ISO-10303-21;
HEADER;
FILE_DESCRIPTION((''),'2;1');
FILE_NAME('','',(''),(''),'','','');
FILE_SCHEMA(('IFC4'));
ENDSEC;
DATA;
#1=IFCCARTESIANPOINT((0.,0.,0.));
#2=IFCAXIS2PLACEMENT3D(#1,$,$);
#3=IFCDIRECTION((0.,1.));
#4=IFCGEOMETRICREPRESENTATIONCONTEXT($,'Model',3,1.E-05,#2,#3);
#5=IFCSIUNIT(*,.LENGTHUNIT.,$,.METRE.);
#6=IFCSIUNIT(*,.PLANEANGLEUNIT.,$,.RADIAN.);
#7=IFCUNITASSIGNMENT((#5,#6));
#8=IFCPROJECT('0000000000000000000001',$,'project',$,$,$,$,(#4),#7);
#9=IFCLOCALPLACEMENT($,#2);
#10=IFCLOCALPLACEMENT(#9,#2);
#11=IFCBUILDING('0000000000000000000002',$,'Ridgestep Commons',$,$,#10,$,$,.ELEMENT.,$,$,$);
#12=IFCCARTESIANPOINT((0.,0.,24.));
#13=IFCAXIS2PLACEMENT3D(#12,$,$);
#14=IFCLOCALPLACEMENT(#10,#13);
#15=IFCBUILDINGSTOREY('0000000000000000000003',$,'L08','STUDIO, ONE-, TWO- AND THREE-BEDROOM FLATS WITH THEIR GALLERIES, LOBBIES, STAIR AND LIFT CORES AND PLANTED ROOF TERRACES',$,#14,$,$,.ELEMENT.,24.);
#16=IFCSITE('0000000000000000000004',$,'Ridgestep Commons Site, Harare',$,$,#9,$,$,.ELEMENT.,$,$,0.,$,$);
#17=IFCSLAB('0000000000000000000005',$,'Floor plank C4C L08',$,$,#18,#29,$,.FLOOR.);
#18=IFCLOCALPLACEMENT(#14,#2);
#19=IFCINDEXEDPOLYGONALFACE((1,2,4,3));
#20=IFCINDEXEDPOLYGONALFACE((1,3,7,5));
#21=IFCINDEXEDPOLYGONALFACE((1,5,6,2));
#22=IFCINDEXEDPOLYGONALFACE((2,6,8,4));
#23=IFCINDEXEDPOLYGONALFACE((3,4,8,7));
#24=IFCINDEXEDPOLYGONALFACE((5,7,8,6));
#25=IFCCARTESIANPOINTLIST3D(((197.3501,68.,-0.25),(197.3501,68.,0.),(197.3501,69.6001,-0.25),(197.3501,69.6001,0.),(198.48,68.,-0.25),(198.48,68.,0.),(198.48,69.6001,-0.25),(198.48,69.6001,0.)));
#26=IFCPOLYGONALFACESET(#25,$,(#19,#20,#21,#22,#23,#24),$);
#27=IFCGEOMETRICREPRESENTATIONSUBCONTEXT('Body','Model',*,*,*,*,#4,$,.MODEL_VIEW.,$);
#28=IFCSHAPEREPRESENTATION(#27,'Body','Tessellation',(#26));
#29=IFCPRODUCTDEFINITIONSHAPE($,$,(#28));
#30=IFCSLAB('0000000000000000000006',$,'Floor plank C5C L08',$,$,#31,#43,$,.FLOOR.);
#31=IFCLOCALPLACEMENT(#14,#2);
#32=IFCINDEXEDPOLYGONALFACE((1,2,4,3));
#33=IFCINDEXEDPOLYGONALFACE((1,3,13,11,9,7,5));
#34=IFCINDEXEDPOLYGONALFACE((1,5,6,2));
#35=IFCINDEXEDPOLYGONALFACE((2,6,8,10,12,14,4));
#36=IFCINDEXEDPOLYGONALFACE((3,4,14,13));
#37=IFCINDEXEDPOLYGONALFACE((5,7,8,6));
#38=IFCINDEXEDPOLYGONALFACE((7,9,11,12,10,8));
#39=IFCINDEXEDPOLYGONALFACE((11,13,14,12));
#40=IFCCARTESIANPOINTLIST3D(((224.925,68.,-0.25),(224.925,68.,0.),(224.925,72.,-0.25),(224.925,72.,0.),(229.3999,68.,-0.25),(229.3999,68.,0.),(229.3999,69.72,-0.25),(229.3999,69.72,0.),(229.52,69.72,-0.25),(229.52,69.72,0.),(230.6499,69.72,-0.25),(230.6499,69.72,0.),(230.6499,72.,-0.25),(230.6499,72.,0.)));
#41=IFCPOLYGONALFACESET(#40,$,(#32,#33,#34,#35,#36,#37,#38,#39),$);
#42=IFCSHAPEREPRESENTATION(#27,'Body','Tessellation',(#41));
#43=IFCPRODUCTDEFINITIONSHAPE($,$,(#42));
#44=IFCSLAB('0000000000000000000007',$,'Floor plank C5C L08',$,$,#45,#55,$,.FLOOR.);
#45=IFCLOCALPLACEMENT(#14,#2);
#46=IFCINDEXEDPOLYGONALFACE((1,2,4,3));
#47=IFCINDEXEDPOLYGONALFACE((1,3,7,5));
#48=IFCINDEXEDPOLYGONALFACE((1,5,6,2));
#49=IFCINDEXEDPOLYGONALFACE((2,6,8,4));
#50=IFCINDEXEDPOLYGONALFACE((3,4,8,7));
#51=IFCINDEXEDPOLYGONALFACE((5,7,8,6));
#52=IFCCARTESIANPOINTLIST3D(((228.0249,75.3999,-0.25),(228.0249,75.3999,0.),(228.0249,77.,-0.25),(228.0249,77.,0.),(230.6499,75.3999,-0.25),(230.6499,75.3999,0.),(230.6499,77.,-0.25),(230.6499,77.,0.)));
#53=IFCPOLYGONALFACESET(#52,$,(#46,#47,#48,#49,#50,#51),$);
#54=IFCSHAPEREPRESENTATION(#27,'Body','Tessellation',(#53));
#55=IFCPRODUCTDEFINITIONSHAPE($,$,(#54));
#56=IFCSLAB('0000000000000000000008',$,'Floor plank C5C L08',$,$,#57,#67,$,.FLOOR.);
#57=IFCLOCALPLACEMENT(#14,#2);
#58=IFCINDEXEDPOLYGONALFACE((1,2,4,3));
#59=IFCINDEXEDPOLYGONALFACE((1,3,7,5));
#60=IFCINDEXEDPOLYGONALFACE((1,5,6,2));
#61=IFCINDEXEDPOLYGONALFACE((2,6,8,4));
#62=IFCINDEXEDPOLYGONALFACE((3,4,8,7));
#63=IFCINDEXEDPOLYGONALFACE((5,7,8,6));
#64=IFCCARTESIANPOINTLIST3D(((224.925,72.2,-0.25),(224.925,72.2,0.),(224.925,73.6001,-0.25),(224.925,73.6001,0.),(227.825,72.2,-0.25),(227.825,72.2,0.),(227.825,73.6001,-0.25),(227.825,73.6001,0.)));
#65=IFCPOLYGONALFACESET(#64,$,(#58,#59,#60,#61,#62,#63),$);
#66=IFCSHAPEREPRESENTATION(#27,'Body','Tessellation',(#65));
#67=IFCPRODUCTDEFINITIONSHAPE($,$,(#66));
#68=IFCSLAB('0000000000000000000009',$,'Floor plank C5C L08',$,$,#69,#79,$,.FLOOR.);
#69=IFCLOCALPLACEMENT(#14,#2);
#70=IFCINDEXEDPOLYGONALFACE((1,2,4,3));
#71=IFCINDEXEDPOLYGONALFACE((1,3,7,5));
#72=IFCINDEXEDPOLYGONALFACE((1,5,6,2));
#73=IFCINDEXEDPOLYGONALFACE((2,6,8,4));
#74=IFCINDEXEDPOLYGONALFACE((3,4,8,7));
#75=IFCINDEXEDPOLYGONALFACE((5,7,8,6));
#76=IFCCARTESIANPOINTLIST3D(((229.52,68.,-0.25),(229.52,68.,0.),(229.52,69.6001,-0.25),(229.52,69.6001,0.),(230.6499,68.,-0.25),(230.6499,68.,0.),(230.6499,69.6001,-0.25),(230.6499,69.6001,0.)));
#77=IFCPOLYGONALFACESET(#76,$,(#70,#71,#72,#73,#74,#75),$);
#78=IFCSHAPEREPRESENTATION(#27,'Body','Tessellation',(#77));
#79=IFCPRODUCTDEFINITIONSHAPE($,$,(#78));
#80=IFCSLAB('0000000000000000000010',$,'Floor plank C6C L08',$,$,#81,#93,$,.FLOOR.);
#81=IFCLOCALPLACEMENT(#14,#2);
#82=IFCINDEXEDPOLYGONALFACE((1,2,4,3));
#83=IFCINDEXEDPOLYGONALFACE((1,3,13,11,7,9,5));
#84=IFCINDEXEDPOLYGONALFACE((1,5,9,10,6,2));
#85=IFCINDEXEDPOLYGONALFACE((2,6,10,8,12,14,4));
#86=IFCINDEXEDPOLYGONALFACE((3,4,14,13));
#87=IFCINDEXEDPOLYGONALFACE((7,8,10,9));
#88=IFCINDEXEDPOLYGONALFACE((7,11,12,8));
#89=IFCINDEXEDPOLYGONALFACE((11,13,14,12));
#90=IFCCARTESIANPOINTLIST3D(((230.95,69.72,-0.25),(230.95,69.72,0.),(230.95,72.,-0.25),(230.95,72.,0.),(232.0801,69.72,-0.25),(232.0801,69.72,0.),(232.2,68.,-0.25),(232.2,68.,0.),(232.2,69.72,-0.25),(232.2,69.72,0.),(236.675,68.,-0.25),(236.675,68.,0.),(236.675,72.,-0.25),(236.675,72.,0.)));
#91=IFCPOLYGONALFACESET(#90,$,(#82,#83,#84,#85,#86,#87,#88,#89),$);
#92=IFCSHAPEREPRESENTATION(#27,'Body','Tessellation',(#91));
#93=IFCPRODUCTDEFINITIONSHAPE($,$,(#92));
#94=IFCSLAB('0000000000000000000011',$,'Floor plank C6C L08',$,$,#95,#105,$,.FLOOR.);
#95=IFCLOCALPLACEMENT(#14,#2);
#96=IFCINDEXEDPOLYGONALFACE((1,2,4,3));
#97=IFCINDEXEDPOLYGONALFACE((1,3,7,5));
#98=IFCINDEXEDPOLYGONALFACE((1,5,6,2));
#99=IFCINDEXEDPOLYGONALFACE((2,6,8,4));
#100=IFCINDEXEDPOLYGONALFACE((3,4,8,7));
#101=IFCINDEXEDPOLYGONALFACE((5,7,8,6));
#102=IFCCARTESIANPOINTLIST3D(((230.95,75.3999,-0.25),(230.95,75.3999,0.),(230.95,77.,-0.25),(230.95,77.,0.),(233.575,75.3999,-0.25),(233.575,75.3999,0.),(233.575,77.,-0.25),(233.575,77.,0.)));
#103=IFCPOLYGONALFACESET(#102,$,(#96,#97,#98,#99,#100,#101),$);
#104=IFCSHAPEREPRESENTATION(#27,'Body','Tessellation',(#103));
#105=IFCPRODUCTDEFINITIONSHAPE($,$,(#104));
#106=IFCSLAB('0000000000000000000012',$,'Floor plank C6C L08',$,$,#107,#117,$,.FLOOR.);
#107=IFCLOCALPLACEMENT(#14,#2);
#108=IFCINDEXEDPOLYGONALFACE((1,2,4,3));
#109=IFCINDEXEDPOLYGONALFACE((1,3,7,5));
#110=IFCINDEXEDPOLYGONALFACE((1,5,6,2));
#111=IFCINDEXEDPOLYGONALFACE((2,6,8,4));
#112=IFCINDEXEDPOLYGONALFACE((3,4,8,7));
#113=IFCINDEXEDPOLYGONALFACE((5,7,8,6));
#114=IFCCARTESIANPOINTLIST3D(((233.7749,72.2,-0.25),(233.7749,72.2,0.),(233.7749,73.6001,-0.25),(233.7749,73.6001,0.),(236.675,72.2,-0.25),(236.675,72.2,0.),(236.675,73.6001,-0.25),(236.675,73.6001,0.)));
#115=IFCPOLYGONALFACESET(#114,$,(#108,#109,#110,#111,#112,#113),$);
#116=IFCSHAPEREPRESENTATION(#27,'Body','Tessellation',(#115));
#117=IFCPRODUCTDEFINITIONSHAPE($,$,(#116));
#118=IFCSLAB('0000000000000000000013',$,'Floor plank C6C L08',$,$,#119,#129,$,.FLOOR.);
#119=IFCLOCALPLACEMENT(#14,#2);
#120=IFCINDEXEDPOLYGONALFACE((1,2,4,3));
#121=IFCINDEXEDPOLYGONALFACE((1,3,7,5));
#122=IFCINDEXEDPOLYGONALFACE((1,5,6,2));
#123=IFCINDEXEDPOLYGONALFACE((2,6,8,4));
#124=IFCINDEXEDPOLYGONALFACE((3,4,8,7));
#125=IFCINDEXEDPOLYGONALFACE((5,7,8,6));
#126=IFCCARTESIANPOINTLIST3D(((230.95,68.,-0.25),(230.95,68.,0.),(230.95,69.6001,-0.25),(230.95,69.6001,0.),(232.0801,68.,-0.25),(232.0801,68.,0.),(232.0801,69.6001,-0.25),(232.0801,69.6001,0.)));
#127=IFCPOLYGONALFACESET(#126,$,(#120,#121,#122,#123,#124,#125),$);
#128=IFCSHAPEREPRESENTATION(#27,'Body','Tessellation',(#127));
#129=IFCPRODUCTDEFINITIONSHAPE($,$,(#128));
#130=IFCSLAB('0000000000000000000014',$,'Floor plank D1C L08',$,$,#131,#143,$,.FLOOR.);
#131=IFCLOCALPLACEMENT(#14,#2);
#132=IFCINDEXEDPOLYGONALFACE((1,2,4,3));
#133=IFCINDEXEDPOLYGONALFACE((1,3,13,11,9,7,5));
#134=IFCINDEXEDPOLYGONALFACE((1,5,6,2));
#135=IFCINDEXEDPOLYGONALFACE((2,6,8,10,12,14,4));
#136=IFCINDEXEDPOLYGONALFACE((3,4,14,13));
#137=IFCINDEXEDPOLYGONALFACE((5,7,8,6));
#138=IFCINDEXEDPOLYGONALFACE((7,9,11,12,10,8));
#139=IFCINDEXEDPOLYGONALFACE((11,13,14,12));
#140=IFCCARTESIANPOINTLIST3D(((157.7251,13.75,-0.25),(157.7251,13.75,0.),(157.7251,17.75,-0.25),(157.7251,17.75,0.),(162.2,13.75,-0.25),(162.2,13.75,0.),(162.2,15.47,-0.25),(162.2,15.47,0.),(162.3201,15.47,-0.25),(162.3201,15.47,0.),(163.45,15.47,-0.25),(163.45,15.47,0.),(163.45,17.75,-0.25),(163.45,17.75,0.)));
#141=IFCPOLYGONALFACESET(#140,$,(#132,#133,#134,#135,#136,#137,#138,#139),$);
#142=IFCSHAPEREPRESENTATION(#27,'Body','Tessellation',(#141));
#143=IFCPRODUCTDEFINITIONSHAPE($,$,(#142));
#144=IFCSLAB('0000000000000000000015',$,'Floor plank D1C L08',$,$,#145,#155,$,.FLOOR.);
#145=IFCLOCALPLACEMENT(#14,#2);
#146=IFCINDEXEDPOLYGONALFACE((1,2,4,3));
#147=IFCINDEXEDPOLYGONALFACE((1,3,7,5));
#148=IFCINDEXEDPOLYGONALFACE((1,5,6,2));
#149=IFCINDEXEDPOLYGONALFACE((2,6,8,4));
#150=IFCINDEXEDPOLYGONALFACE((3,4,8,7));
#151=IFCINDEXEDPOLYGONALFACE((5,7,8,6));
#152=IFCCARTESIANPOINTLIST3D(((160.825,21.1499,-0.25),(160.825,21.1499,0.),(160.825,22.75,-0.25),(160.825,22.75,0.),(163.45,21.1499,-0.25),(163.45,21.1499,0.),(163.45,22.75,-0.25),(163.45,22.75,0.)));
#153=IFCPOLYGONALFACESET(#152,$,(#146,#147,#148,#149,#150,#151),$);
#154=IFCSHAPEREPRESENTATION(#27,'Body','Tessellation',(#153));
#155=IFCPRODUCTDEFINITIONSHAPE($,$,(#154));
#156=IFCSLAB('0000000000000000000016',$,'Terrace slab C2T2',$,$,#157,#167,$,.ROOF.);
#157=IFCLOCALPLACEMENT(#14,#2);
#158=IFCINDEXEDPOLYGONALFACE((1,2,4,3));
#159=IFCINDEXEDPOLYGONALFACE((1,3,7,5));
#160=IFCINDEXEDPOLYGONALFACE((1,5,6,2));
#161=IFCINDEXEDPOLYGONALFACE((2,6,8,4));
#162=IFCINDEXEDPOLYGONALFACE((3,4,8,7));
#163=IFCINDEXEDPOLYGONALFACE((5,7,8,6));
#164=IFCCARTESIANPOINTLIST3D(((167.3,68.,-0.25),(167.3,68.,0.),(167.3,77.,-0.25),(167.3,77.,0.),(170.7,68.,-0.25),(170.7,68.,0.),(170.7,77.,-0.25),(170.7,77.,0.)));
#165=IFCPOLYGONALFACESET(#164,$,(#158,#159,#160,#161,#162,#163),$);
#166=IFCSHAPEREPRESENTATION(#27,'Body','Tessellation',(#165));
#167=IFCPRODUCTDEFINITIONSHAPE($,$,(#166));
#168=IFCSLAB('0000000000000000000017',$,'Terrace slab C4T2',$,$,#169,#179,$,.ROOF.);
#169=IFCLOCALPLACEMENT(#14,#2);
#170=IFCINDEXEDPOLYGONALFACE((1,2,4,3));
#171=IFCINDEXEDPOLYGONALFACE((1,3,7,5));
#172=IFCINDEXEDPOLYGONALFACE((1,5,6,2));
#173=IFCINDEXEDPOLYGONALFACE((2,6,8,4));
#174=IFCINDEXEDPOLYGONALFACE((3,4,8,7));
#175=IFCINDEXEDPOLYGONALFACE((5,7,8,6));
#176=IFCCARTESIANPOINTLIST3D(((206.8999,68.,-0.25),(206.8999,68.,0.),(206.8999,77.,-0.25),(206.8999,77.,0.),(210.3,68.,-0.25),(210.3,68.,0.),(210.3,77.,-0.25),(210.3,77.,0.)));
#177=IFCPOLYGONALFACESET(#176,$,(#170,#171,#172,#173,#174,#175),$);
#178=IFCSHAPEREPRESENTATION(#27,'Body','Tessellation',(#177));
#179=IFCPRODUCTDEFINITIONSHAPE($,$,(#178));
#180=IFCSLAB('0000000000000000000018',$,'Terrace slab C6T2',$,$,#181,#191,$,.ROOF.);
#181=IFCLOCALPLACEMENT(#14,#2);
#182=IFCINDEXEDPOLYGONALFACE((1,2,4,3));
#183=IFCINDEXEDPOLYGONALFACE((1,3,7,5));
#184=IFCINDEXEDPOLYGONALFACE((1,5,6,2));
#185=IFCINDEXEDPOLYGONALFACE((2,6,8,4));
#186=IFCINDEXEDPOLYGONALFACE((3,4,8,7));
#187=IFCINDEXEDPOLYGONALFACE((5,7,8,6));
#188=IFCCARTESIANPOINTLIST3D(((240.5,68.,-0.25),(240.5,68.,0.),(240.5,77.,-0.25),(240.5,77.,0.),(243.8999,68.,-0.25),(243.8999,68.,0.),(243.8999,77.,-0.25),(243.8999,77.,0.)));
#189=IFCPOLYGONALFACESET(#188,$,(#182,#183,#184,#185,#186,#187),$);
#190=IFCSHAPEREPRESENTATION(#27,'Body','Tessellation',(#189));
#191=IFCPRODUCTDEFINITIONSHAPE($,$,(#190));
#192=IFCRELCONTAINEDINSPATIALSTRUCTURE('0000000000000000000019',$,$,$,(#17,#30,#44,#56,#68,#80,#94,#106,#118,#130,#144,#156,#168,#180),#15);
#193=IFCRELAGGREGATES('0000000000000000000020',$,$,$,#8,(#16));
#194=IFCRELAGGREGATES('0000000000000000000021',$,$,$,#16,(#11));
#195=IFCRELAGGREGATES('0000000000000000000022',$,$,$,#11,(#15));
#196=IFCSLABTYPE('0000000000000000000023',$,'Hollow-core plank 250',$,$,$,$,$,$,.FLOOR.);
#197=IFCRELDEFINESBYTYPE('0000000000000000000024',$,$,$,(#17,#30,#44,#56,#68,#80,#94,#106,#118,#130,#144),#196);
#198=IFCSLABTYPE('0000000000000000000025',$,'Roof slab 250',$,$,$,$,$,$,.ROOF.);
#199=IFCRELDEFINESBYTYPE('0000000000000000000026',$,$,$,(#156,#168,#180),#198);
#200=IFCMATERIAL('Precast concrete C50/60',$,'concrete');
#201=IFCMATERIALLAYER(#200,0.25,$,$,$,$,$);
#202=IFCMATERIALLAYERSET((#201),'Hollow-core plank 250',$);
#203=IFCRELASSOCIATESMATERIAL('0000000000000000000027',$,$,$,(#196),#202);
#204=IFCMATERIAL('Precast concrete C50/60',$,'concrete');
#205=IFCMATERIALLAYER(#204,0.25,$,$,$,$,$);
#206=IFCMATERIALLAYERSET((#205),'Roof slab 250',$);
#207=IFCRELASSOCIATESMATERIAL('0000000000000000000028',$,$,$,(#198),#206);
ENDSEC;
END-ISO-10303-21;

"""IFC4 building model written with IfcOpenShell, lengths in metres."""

from ifc_helpers import new_model, si_unit, direction, frame, origin, place, context, subcontext, project, spatial, polyline, outline, extrude, material, layer, layer_set, type_object, element, save


model = new_model("IFC4")

# Units and contexts
model_context = context("Model", 3, precision=1e-05, world=origin(), true_north=direction((0.0, 1.0)))
body_context = subcontext(model_context, "Body", "Model", "MODEL_VIEW")
ifc_project = project(units=[si_unit("LENGTHUNIT", "METRE"), si_unit("PLANEANGLEUNIT", "RADIAN")], contexts=[model_context])

# Site, building, storey
site_placement = place(None, origin())
site = spatial("IfcSite", under=ifc_project, at=site_placement, Name="Ridgestep Commons Site, Harare", CompositionType="ELEMENT", RefElevation=0.0)
building_placement = place(site_placement, origin())
building = spatial("IfcBuilding", under=site, at=building_placement, Name="Ridgestep Commons", CompositionType="ELEMENT")
storey_placement = place(building_placement, frame((0.0, 0.0, 24.0)))
storey = spatial("IfcBuildingStorey", under=building, at=storey_placement, Name="L08", Description="STUDIO, ONE-, TWO- AND THREE-BEDROOM FLATS WITH THEIR GALLERIES, LOBBIES, STAIR AND LIFT CORES AND PLANTED ROOF TERRACES", CompositionType="ELEMENT", Elevation=24.0)

# Slabs
ifc_material_1 = material(Name="Precast concrete C50/60", Category="concrete")
ifc_layer_1 = layer(ifc_material_1, 0.25)
ifc_layer_set_1 = layer_set([ifc_layer_1], Name="Hollow-core plank 250")
slab_type_1 = type_object("IfcSlabType", Name="Hollow-core plank 250", PredefinedType="FLOOR", material=ifc_layer_set_1)
slab_1_placement = place(storey_placement, frame((0.0, 0.0, -0.25)))
element("IfcSlab", 1, at=slab_1_placement, inside=storey, type_object=slab_type_1, Name="Floor plank C4C L08", PredefinedType="FLOOR", context=body_context, shape_type="SweptSolid", body=[
    extrude(outline(polyline([(198.48, 69.6001), (197.3501, 69.6001), (197.3501, 68.0), (198.48, 68.0), (198.48, 69.6001)])), origin(), (0.0, 0.0, 1.0), 0.25),
])
slab_2_placement = place(storey_placement, frame((0.0, 0.0, -0.25)))
element("IfcSlab", 2, at=slab_2_placement, inside=storey, type_object=slab_type_1, Name="Floor plank C5C L08", PredefinedType="FLOOR", context=body_context, shape_type="SweptSolid", body=[
    extrude(outline(polyline([(229.52, 69.72), (230.6499, 69.72), (230.6499, 72.0), (224.925, 72.0), (224.925, 68.0), (229.3999, 68.0), (229.3999, 69.72), (229.52, 69.72)])), origin(), (0.0, 0.0, 1.0), 0.25),
])
slab_3_placement = place(storey_placement, frame((0.0, 0.0, -0.25)))
element("IfcSlab", 3, at=slab_3_placement, inside=storey, type_object=slab_type_1, Name="Floor plank C5C L08", PredefinedType="FLOOR", context=body_context, shape_type="SweptSolid", body=[
    extrude(outline(polyline([(230.6499, 75.3999), (230.6499, 77.0), (228.0249, 77.0), (228.0249, 75.3999), (230.6499, 75.3999)])), origin(), (0.0, 0.0, 1.0), 0.25),
])
slab_4_placement = place(storey_placement, frame((0.0, 0.0, -0.25)))
element("IfcSlab", 4, at=slab_4_placement, inside=storey, type_object=slab_type_1, Name="Floor plank C5C L08", PredefinedType="FLOOR", context=body_context, shape_type="SweptSolid", body=[
    extrude(outline(polyline([(227.825, 72.2), (227.825, 73.6001), (224.925, 73.6001), (224.925, 72.2), (227.825, 72.2)])), origin(), (0.0, 0.0, 1.0), 0.25),
])
slab_5_placement = place(storey_placement, frame((0.0, 0.0, -0.25)))
element("IfcSlab", 5, at=slab_5_placement, inside=storey, type_object=slab_type_1, Name="Floor plank C5C L08", PredefinedType="FLOOR", context=body_context, shape_type="SweptSolid", body=[
    extrude(outline(polyline([(229.52, 68.0), (230.6499, 68.0), (230.6499, 69.6001), (229.52, 69.6001), (229.52, 68.0)])), origin(), (0.0, 0.0, 1.0), 0.25),
])
slab_6_placement = place(storey_placement, frame((0.0, 0.0, -0.25)))
element("IfcSlab", 6, at=slab_6_placement, inside=storey, type_object=slab_type_1, Name="Floor plank C6C L08", PredefinedType="FLOOR", context=body_context, shape_type="SweptSolid", body=[
    extrude(outline(polyline([(232.2, 68.0), (236.675, 68.0), (236.675, 72.0), (230.95, 72.0), (230.95, 69.72), (232.0801, 69.72), (232.2, 69.72), (232.2, 68.0)])), origin(), (0.0, 0.0, 1.0), 0.25),
])
slab_7_placement = place(storey_placement, frame((0.0, 0.0, -0.25)))
element("IfcSlab", 7, at=slab_7_placement, inside=storey, type_object=slab_type_1, Name="Floor plank C6C L08", PredefinedType="FLOOR", context=body_context, shape_type="SweptSolid", body=[
    extrude(outline(polyline([(233.575, 77.0), (230.95, 77.0), (230.95, 75.3999), (233.575, 75.3999), (233.575, 77.0)])), origin(), (0.0, 0.0, 1.0), 0.25),
])
slab_8_placement = place(storey_placement, frame((0.0, 0.0, -0.25)))
element("IfcSlab", 8, at=slab_8_placement, inside=storey, type_object=slab_type_1, Name="Floor plank C6C L08", PredefinedType="FLOOR", context=body_context, shape_type="SweptSolid", body=[
    extrude(outline(polyline([(236.675, 72.2), (236.675, 73.6001), (233.7749, 73.6001), (233.7749, 72.2), (236.675, 72.2)])), origin(), (0.0, 0.0, 1.0), 0.25),
])
slab_9_placement = place(storey_placement, frame((0.0, 0.0, -0.25)))
element("IfcSlab", 9, at=slab_9_placement, inside=storey, type_object=slab_type_1, Name="Floor plank C6C L08", PredefinedType="FLOOR", context=body_context, shape_type="SweptSolid", body=[
    extrude(outline(polyline([(232.0801, 69.6001), (230.95, 69.6001), (230.95, 68.0), (232.0801, 68.0), (232.0801, 69.6001)])), origin(), (0.0, 0.0, 1.0), 0.25),
])
slab_10_placement = place(storey_placement, frame((0.0, 0.0, -0.25)))
element("IfcSlab", 10, at=slab_10_placement, inside=storey, type_object=slab_type_1, Name="Floor plank D1C L08", PredefinedType="FLOOR", context=body_context, shape_type="SweptSolid", body=[
    extrude(outline(polyline([(162.3201, 15.47), (163.45, 15.47), (163.45, 17.75), (157.7251, 17.75), (157.7251, 13.75), (162.2, 13.75), (162.2, 15.47), (162.3201, 15.47)])), origin(), (0.0, 0.0, 1.0), 0.25),
])
slab_11_placement = place(storey_placement, frame((0.0, 0.0, -0.25)))
element("IfcSlab", 11, at=slab_11_placement, inside=storey, type_object=slab_type_1, Name="Floor plank D1C L08", PredefinedType="FLOOR", context=body_context, shape_type="SweptSolid", body=[
    extrude(outline(polyline([(163.45, 21.1499), (163.45, 22.75), (160.825, 22.75), (160.825, 21.1499), (163.45, 21.1499)])), origin(), (0.0, 0.0, 1.0), 0.25),
])
ifc_material_2 = material(Name="Precast concrete C50/60", Category="concrete")
ifc_layer_2 = layer(ifc_material_2, 0.25)
ifc_layer_set_2 = layer_set([ifc_layer_2], Name="Roof slab 250")
slab_type_2 = type_object("IfcSlabType", Name="Roof slab 250", PredefinedType="ROOF", material=ifc_layer_set_2)
slab_12_placement = place(storey_placement, frame((0.0, 0.0, -0.25)))
element("IfcSlab", 12, at=slab_12_placement, inside=storey, type_object=slab_type_2, Name="Terrace slab C2T2", PredefinedType="ROOF", context=body_context, shape_type="SweptSolid", body=[
    extrude(outline(polyline([(170.7, 68.0), (170.7, 77.0), (167.3, 77.0), (167.3, 68.0), (170.7, 68.0)])), origin(), (0.0, 0.0, 1.0), 0.25),
])
slab_13_placement = place(storey_placement, frame((0.0, 0.0, -0.25)))
element("IfcSlab", 13, at=slab_13_placement, inside=storey, type_object=slab_type_2, Name="Terrace slab C4T2", PredefinedType="ROOF", context=body_context, shape_type="SweptSolid", body=[
    extrude(outline(polyline([(210.3, 68.0), (210.3, 77.0), (206.8999, 77.0), (206.8999, 68.0), (210.3, 68.0)])), origin(), (0.0, 0.0, 1.0), 0.25),
])
slab_14_placement = place(storey_placement, frame((0.0, 0.0, -0.25)))
element("IfcSlab", 14, at=slab_14_placement, inside=storey, type_object=slab_type_2, Name="Terrace slab C6T2", PredefinedType="ROOF", context=body_context, shape_type="SweptSolid", body=[
    extrude(outline(polyline([(243.8999, 68.0), (243.8999, 77.0), (240.5, 77.0), (240.5, 68.0), (243.8999, 68.0)])), origin(), (0.0, 0.0, 1.0), 0.25),
])

save(model, "model.ifc")
